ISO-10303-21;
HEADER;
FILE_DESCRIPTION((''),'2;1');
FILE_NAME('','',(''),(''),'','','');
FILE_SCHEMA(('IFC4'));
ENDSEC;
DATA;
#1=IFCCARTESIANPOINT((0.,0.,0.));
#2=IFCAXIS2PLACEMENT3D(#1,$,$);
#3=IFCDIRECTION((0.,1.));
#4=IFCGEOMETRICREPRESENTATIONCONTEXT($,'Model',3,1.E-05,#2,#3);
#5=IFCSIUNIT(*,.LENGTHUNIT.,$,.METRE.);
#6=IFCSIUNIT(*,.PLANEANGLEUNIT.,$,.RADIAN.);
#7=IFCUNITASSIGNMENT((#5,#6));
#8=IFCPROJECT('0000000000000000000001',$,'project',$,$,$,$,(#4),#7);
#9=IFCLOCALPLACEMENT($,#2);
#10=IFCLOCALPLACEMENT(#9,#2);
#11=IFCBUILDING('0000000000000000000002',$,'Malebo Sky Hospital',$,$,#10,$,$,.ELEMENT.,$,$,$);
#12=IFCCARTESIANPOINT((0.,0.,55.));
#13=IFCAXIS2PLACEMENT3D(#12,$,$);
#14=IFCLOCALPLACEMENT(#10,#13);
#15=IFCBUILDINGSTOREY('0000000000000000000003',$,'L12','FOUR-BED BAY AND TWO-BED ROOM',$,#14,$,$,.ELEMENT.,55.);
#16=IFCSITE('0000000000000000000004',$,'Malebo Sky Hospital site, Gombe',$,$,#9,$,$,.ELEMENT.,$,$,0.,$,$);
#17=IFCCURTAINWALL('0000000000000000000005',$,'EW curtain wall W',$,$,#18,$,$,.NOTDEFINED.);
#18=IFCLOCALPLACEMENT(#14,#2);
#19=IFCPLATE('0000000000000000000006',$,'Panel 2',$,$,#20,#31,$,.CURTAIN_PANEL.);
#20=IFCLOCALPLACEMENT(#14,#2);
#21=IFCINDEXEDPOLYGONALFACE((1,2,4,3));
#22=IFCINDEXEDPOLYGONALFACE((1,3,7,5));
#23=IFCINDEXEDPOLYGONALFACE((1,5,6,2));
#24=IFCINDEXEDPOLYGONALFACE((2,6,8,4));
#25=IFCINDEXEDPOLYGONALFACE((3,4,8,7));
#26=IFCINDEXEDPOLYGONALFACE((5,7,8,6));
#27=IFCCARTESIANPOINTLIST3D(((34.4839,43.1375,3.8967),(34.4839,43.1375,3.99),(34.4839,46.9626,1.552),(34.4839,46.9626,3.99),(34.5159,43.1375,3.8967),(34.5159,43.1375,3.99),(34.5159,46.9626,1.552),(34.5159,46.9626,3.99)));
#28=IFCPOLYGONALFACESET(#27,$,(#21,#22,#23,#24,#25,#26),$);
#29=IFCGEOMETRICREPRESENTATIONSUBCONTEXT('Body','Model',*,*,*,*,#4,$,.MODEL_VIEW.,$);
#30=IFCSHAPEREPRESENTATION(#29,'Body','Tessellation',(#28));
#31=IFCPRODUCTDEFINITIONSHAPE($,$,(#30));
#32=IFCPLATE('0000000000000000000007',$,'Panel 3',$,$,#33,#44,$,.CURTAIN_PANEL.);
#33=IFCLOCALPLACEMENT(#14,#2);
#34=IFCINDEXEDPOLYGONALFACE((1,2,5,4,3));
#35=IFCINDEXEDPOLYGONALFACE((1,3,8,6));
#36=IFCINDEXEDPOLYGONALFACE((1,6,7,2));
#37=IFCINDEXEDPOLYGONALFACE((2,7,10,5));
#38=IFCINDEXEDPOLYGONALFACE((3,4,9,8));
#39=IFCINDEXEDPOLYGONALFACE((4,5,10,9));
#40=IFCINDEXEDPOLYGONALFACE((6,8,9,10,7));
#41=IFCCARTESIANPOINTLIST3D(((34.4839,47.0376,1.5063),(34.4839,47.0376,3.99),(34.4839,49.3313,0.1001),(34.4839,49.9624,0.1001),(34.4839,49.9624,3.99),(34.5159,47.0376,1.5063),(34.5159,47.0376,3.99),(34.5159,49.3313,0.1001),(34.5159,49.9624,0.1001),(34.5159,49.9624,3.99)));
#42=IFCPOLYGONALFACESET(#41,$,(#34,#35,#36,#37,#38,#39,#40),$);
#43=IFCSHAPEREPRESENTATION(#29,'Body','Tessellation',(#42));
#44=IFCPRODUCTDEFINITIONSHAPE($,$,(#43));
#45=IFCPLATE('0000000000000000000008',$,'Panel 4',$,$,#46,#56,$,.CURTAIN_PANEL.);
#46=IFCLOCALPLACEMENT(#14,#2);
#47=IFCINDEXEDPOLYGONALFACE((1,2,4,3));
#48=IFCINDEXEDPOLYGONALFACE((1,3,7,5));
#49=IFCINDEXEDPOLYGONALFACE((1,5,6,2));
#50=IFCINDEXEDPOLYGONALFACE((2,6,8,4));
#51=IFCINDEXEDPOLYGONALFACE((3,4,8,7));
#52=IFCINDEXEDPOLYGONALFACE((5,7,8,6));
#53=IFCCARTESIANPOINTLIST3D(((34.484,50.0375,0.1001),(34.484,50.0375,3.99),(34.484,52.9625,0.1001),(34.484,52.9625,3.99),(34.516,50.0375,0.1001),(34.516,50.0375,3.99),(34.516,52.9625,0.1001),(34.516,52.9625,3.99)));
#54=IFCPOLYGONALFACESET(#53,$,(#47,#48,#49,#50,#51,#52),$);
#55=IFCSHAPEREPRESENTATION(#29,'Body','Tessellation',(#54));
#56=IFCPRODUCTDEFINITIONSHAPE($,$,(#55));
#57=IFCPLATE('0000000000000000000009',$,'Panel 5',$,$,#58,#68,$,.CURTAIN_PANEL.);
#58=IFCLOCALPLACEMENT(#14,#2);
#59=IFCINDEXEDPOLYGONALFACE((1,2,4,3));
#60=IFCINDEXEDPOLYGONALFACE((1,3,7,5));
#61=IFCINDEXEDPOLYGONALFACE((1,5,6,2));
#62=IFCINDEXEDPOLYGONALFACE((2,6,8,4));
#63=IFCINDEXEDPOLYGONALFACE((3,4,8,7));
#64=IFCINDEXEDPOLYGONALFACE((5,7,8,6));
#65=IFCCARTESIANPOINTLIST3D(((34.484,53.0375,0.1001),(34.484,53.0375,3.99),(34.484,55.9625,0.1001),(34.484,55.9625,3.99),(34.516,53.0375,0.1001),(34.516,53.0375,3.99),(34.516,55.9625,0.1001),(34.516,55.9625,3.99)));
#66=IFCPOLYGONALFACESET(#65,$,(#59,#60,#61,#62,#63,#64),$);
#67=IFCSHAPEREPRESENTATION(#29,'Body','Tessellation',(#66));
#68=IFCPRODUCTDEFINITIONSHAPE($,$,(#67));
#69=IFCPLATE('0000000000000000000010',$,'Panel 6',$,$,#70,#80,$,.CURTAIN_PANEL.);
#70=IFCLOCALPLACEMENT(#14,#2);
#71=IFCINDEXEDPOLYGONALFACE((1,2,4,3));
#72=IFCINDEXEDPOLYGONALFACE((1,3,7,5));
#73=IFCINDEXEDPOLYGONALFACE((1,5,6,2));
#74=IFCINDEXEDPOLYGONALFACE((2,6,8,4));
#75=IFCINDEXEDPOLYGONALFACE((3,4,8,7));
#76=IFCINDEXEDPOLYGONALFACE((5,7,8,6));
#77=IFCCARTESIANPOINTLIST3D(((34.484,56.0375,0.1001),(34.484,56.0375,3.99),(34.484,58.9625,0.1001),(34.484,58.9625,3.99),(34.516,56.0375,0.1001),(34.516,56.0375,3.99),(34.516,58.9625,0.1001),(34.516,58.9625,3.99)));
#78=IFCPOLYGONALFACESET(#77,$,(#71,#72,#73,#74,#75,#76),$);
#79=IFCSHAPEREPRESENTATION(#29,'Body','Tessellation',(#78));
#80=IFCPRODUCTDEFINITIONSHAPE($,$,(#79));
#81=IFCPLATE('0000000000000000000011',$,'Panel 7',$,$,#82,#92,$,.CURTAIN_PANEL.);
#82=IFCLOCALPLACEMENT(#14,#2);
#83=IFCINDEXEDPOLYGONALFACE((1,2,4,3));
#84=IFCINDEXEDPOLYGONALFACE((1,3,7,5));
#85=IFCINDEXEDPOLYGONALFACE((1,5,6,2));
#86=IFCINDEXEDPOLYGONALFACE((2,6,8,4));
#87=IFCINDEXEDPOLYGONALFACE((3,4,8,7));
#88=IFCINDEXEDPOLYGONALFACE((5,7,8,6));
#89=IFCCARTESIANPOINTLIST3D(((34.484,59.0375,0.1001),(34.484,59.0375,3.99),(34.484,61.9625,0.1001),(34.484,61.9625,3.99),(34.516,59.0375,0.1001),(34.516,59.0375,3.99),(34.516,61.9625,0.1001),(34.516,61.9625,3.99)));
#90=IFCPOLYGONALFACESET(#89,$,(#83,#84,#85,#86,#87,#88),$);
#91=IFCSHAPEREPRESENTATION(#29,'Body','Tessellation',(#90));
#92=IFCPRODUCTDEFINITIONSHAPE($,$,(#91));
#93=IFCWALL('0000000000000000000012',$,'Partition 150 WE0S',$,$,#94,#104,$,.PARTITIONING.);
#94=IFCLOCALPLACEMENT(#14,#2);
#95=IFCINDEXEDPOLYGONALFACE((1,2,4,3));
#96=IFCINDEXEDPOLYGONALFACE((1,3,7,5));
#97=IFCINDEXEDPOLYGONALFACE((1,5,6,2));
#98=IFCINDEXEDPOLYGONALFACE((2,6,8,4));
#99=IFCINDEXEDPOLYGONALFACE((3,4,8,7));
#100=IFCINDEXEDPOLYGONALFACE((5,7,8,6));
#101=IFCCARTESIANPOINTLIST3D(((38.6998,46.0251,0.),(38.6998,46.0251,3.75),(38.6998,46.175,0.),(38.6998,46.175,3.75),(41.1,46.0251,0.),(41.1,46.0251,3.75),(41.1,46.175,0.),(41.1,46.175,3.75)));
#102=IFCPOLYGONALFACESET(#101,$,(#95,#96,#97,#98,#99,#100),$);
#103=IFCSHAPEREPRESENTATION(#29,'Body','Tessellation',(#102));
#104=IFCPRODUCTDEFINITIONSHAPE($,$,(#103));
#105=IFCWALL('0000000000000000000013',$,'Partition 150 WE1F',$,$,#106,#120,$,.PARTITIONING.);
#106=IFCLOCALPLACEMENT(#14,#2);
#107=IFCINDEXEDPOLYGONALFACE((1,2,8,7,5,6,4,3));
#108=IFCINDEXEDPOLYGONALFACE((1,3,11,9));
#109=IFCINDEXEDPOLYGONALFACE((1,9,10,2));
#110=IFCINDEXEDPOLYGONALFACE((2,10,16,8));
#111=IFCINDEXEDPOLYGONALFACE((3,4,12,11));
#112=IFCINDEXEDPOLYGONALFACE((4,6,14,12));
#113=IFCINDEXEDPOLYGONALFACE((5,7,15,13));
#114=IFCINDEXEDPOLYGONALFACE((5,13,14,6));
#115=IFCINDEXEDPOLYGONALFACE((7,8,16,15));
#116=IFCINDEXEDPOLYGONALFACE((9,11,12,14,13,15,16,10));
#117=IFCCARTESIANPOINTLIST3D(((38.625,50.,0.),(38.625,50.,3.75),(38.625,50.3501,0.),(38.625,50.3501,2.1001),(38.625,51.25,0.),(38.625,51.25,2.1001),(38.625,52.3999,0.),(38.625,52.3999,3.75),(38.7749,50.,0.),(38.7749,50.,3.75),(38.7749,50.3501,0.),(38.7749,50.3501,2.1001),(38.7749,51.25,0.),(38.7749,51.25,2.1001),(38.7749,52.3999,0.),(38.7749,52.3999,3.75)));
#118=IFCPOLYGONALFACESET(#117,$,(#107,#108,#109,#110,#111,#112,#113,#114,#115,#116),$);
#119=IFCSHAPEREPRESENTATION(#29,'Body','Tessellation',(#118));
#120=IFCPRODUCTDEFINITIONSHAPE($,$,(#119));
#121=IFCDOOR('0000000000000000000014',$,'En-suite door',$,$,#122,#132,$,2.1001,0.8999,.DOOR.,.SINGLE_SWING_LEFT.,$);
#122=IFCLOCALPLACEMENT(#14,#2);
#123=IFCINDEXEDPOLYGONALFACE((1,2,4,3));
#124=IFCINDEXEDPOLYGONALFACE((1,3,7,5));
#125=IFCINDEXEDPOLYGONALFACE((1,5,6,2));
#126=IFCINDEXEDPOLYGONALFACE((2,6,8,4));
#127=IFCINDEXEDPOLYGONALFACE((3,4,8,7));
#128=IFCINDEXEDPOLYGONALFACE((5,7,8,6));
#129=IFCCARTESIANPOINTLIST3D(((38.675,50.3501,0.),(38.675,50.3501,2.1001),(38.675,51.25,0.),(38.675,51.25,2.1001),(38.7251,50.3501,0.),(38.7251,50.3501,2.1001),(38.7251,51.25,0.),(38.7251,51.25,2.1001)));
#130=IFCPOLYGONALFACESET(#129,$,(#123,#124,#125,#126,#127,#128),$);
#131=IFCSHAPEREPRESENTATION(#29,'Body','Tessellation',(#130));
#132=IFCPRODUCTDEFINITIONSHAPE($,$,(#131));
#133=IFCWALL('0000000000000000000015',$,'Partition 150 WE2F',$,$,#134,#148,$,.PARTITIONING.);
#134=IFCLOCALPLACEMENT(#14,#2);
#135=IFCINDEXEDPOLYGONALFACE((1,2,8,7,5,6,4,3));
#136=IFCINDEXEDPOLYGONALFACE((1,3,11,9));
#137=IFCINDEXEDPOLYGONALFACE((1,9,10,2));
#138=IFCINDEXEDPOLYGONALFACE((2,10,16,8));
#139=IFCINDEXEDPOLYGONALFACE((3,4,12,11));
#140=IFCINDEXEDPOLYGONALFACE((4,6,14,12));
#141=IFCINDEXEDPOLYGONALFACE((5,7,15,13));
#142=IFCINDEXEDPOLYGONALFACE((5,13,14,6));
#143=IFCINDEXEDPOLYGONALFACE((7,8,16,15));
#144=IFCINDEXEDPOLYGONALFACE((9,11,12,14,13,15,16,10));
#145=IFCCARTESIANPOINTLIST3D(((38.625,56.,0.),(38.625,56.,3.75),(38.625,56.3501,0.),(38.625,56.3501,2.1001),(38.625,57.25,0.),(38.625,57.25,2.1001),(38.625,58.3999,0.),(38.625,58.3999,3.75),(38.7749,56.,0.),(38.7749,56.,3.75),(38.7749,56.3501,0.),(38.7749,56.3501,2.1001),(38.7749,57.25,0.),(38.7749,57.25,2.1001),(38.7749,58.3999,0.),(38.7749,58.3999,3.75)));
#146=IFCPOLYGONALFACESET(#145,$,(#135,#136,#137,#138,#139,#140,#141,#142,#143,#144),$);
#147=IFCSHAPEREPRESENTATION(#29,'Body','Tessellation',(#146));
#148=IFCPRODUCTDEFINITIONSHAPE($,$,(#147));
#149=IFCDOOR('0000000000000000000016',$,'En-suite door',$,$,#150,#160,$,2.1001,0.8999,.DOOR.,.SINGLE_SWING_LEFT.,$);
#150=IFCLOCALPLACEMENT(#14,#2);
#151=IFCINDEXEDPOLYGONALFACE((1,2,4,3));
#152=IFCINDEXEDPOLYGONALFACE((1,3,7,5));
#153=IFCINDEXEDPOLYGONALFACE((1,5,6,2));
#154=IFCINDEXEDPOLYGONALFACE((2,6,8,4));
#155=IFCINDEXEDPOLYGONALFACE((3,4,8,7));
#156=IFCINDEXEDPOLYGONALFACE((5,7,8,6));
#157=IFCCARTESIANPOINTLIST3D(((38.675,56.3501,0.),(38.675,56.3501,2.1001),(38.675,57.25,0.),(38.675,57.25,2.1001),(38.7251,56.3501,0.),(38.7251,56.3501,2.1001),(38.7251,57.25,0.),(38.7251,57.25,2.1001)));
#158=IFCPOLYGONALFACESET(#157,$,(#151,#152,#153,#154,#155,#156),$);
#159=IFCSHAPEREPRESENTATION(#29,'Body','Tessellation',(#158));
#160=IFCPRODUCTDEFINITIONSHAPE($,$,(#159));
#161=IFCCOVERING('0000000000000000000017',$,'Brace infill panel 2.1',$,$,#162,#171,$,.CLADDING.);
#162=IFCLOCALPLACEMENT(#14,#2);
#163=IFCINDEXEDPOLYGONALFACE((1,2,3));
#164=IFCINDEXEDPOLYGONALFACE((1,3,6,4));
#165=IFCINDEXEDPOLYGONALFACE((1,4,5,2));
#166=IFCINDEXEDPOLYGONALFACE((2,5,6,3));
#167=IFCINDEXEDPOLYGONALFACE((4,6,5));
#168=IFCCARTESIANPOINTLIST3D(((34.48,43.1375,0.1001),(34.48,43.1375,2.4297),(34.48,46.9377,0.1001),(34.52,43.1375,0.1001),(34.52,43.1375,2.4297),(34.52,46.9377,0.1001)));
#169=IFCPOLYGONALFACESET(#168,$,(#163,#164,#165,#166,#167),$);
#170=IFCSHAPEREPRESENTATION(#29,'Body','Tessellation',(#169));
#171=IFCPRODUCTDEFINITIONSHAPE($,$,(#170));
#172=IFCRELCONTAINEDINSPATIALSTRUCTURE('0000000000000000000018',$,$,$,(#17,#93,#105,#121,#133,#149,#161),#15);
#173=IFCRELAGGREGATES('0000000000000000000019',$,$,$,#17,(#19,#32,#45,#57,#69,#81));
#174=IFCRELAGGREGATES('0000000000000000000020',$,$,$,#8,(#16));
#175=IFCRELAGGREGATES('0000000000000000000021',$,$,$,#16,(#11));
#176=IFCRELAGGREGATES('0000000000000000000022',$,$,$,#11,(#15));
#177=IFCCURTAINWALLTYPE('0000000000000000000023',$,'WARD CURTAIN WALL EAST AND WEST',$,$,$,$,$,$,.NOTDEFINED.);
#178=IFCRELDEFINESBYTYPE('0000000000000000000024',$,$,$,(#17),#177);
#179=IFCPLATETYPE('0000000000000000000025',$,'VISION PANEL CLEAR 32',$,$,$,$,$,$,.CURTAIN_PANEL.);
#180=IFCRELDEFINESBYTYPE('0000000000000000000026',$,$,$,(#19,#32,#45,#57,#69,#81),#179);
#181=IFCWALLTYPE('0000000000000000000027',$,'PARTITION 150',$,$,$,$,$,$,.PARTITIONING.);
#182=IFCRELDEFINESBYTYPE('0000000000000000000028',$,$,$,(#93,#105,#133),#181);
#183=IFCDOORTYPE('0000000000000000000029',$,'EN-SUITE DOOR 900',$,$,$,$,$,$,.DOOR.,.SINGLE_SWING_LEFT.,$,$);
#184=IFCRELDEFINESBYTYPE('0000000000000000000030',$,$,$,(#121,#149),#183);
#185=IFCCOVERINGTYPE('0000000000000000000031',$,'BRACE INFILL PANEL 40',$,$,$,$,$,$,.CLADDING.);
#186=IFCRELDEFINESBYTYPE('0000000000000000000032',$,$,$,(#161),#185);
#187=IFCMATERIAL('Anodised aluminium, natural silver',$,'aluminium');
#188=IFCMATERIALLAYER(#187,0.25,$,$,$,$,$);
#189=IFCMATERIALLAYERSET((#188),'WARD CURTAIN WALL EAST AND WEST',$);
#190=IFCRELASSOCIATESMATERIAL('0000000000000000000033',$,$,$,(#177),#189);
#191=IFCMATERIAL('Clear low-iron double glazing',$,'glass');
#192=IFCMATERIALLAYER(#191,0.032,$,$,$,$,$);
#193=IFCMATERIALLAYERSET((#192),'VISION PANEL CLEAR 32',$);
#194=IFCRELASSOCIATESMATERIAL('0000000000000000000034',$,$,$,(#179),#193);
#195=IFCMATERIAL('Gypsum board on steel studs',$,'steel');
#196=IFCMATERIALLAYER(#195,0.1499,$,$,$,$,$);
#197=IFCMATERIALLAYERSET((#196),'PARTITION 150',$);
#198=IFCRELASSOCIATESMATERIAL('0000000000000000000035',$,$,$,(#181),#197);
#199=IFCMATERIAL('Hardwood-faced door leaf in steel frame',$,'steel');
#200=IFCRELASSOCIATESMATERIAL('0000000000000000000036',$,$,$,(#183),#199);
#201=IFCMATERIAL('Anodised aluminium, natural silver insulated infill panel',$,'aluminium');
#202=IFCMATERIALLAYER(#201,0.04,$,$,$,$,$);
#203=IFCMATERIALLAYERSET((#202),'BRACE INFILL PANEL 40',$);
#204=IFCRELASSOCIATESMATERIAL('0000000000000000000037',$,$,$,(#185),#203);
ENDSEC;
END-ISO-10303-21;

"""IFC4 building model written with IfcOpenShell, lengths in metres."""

from ifc_helpers import new_model, si_unit, direction, frame, frame_2d, origin, origin_2d, place, context, subcontext, project, spatial, polyline, rectangle, outline, extrude, material, layer, layer_set, type_object, element, fill, aggregate, save


model = new_model("IFC4")

# Units and contexts
model_context = context("Model", 3, precision=1e-05, world=origin(), true_north=direction((0.0, 1.0)))
body_context = subcontext(model_context, "Body", "Model", "MODEL_VIEW")
ifc_project = project(units=[si_unit("LENGTHUNIT", "METRE"), si_unit("PLANEANGLEUNIT", "RADIAN")], contexts=[model_context])

# Site, building, storey
site_placement = place(None, origin())
site = spatial("IfcSite", under=ifc_project, at=site_placement, Name="Malebo Sky Hospital site, Gombe", CompositionType="ELEMENT", RefElevation=0.0)
building_placement = place(site_placement, origin())
building = spatial("IfcBuilding", under=site, at=building_placement, Name="Malebo Sky Hospital", CompositionType="ELEMENT")
storey_placement = place(building_placement, frame((0.0, 0.0, 55.0)))
storey = spatial("IfcBuildingStorey", under=building, at=storey_placement, Name="L12", Description="FOUR-BED BAY AND TWO-BED ROOM", CompositionType="ELEMENT", Elevation=55.0)

# Curtain wall
ifc_material_1 = material(Name="Anodised aluminium, natural silver", Category="aluminium")
ifc_layer_1 = layer(ifc_material_1, 0.25)
ifc_layer_set_1 = layer_set([ifc_layer_1], Name="WARD CURTAIN WALL EAST AND WEST")
curtain_wall_type = type_object("IfcCurtainWallType", Name="WARD CURTAIN WALL EAST AND WEST", PredefinedType="NOTDEFINED", material=ifc_layer_set_1)
curtain_wall_placement = place(storey_placement, origin())
curtain_wall = element("IfcCurtainWall", 1, at=curtain_wall_placement, inside=storey, type_object=curtain_wall_type, Name="EW curtain wall W", PredefinedType="NOTDEFINED")

# Plates
ifc_material_2 = material(Name="Clear low-iron double glazing", Category="glass")
ifc_layer_2 = layer(ifc_material_2, 0.032)
ifc_layer_set_2 = layer_set([ifc_layer_2], Name="VISION PANEL CLEAR 32")
plate_type = type_object("IfcPlateType", Name="VISION PANEL CLEAR 32", PredefinedType="CURTAIN_PANEL", material=ifc_layer_set_2)
plate_1_placement = place(storey_placement, frame((34.5, 45.05, 1.552), z_axis=(0.0, 0.0, 1.0), x_axis=(0.0, 1.0, 0.0)))
plate_1 = element("IfcPlate", 2, at=plate_1_placement, type_object=plate_type, Name="Panel 2", PredefinedType="CURTAIN_PANEL", context=body_context, shape_type="SweptSolid", body=[
    extrude(outline(polyline([(1.9126, 0.0), (1.9126, 2.438), (-1.9126, 2.438), (-1.9126, 2.3447), (1.9126, 0.0)])), frame((0.0, 0.0161, 0.0), z_axis=(0.0, -1.0, 0.0), x_axis=(1.0, 0.0, 0.0)), (0.0, 0.0, 1.0), 0.032),
])
plate_2_placement = place(storey_placement, frame((34.5, 48.5, 0.1001), z_axis=(0.0, 0.0, 1.0), x_axis=(0.0, 1.0, 0.0)))
plate_2 = element("IfcPlate", 3, at=plate_2_placement, type_object=plate_type, Name="Panel 3", PredefinedType="CURTAIN_PANEL", context=body_context, shape_type="SweptSolid", body=[
    extrude(outline(polyline([(0.8313, 0.0), (1.4624, 0.0), (1.4624, 3.8899), (-1.4624, 3.8899), (-1.4624, 1.4062), (0.8313, 0.0)])), frame((0.0, 0.0161, 0.0), z_axis=(0.0, -1.0, 0.0), x_axis=(1.0, 0.0, 0.0)), (0.0, 0.0, 1.0), 0.032),
])
plate_3_placement = place(storey_placement, frame((34.5, 51.5, 0.1001), z_axis=(0.0, 0.0, 1.0), x_axis=(0.0, 1.0, 0.0)))
plate_3 = element("IfcPlate", 4, at=plate_3_placement, type_object=plate_type, Name="Panel 4", PredefinedType="CURTAIN_PANEL", context=body_context, shape_type="SweptSolid", body=[
    extrude(rectangle(XDim=2.925, YDim=0.032, at=origin_2d()), origin(), (0.0, 0.0, 1.0), 3.8899),
])
plate_4_placement = place(storey_placement, frame((34.5, 54.5, 0.1001), z_axis=(0.0, 0.0, 1.0), x_axis=(0.0, 1.0, 0.0)))
plate_4 = element("IfcPlate", 5, at=plate_4_placement, type_object=plate_type, Name="Panel 5", PredefinedType="CURTAIN_PANEL", context=body_context, shape_type="SweptSolid", body=[
    extrude(rectangle(XDim=2.925, YDim=0.032, at=origin_2d()), origin(), (0.0, 0.0, 1.0), 3.8899),
])
plate_5_placement = place(storey_placement, frame((34.5, 57.5, 0.1001), z_axis=(0.0, 0.0, 1.0), x_axis=(0.0, 1.0, 0.0)))
plate_5 = element("IfcPlate", 6, at=plate_5_placement, type_object=plate_type, Name="Panel 6", PredefinedType="CURTAIN_PANEL", context=body_context, shape_type="SweptSolid", body=[
    extrude(rectangle(XDim=2.925, YDim=0.032, at=origin_2d()), origin(), (0.0, 0.0, 1.0), 3.8899),
])
plate_6_placement = place(storey_placement, frame((34.5, 60.5, 0.1001), z_axis=(0.0, 0.0, 1.0), x_axis=(0.0, 1.0, 0.0)))
plate_6 = element("IfcPlate", 7, at=plate_6_placement, type_object=plate_type, Name="Panel 7", PredefinedType="CURTAIN_PANEL", context=body_context, shape_type="SweptSolid", body=[
    extrude(rectangle(XDim=2.925, YDim=0.032, at=origin_2d()), origin(), (0.0, 0.0, 1.0), 3.8899),
])
aggregate(curtain_wall, [plate_1, plate_2, plate_3, plate_4, plate_5, plate_6])

# Wall
ifc_material_3 = material(Name="Gypsum board on steel studs", Category="steel")
ifc_layer_3 = layer(ifc_material_3, 0.1499)
ifc_layer_set_3 = layer_set([ifc_layer_3], Name="PARTITION 150")
wall_type = type_object("IfcWallType", Name="PARTITION 150", PredefinedType="PARTITIONING", material=ifc_layer_set_3)
wall_1_placement = place(storey_placement, frame((41.1001, 46.1001, 0.0), z_axis=(0.0, 0.0, 1.0), x_axis=(-1.0, 0.0, 0.0)))
element("IfcWall", 8, at=wall_1_placement, inside=storey, type_object=wall_type, Name="Partition 150 WE0S", PredefinedType="PARTITIONING", context=body_context, shape_type="SweptSolid", body=[
    extrude(rectangle(XDim=2.4001, YDim=0.1499, at=frame_2d((1.2002, 0.0))), origin(), (0.0, 0.0, 1.0), 3.75),
])

# Walls, openings, doors
wall_2_placement = place(storey_placement, frame((38.7, 50.0, 0.0), z_axis=(0.0, 0.0, 1.0), x_axis=(0.0, 1.0, 0.0)))
wall_2 = element("IfcWall", 9, at=wall_2_placement, inside=storey, type_object=wall_type, Name="Partition 150 WE1F", PredefinedType="PARTITIONING", context=body_context, shape_type="SweptSolid", body=[
    extrude(rectangle(XDim=2.3999, YDim=0.1499, at=frame_2d((1.2, 0.0))), origin(), (0.0, 0.0, 1.0), 3.75),
])
opening_1_placement = place(wall_2_placement, frame((0.3501, 0.0, 0.0)))
opening_1 = element("IfcOpeningElement", 10, at=opening_1_placement, cuts=wall_2, PredefinedType="OPENING", context=body_context, shape_type="SweptSolid", body=[
    extrude(rectangle(XDim=0.8999, YDim=2.1001, at=frame_2d((0.45, 1.05))), frame((0.0, 0.085, 0.0), z_axis=(0.0, -1.0, 0.0), x_axis=(1.0, 0.0, 0.0)), (0.0, 0.0, 1.0), 0.1699),
])
ifc_material_4 = material(Name="Hardwood-faced door leaf in steel frame", Category="steel")
door_type = type_object("IfcDoorType", Name="EN-SUITE DOOR 900", OperationType="SINGLE_SWING_LEFT", PredefinedType="DOOR", material=ifc_material_4)
door_1_placement = place(opening_1_placement, origin())
door_1 = element("IfcDoor", 11, at=door_1_placement, inside=storey, type_object=door_type, Name="En-suite door", OperationType="SINGLE_SWING_LEFT", OverallHeight=2.1001, OverallWidth=0.8999, PredefinedType="DOOR", context=body_context, shape_type="SweptSolid", body=[
    extrude(rectangle(XDim=0.8999, YDim=2.1001, at=frame_2d((0.45, 1.05))), frame((0.0, 0.0249, 0.0), z_axis=(0.0, -1.0, 0.0), x_axis=(1.0, 0.0, 0.0)), (0.0, 0.0, 1.0), 0.05),
])
fill(opening_1, door_1)
wall_3_placement = place(storey_placement, frame((38.7, 56.0, 0.0), z_axis=(0.0, 0.0, 1.0), x_axis=(0.0, 1.0, 0.0)))
wall_3 = element("IfcWall", 12, at=wall_3_placement, inside=storey, type_object=wall_type, Name="Partition 150 WE2F", PredefinedType="PARTITIONING", context=body_context, shape_type="SweptSolid", body=[
    extrude(rectangle(XDim=2.3999, YDim=0.1499, at=frame_2d((1.2, 0.0))), origin(), (0.0, 0.0, 1.0), 3.75),
])
opening_2_placement = place(wall_3_placement, frame((0.3501, 0.0, 0.0)))
opening_2 = element("IfcOpeningElement", 13, at=opening_2_placement, cuts=wall_3, PredefinedType="OPENING", context=body_context, shape_type="SweptSolid", body=[
    extrude(rectangle(XDim=0.8999, YDim=2.1001, at=frame_2d((0.45, 1.05))), frame((0.0, 0.085, 0.0), z_axis=(0.0, -1.0, 0.0), x_axis=(1.0, 0.0, 0.0)), (0.0, 0.0, 1.0), 0.1699),
])
door_2_placement = place(opening_2_placement, origin())
door_2 = element("IfcDoor", 14, at=door_2_placement, inside=storey, type_object=door_type, Name="En-suite door", OperationType="SINGLE_SWING_LEFT", OverallHeight=2.1001, OverallWidth=0.8999, PredefinedType="DOOR", context=body_context, shape_type="SweptSolid", body=[
    extrude(rectangle(XDim=0.8999, YDim=2.1001, at=frame_2d((0.45, 1.05))), frame((0.0, 0.0249, 0.0), z_axis=(0.0, -1.0, 0.0), x_axis=(1.0, 0.0, 0.0)), (0.0, 0.0, 1.0), 0.05),
])
fill(opening_2, door_2)

# Covering
ifc_material_5 = material(Name="Anodised aluminium, natural silver insulated infill panel", Category="aluminium")
ifc_layer_4 = layer(ifc_material_5, 0.04)
ifc_layer_set_4 = layer_set([ifc_layer_4], Name="BRACE INFILL PANEL 40")
covering_type = type_object("IfcCoveringType", Name="BRACE INFILL PANEL 40", PredefinedType="CLADDING", material=ifc_layer_set_4)
covering_placement = place(storey_placement, frame((34.5, 45.0376, 0.1001), z_axis=(0.0, 0.0, 1.0), x_axis=(0.0, 1.0, 0.0)))
element("IfcCovering", 15, at=covering_placement, inside=storey, type_object=covering_type, Name="Brace infill panel 2.1", PredefinedType="CLADDING", context=body_context, shape_type="SweptSolid", body=[
    extrude(outline(polyline([(-1.9001, 0.0), (1.9001, 0.0), (-1.9001, 2.3296), (-1.9001, 0.0)])), frame((0.0, 0.02, 0.0), z_axis=(0.0, -1.0, 0.0), x_axis=(1.0, 0.0, 0.0)), (0.0, 0.0, 1.0), 0.04),
])

save(model, "model.ifc")
